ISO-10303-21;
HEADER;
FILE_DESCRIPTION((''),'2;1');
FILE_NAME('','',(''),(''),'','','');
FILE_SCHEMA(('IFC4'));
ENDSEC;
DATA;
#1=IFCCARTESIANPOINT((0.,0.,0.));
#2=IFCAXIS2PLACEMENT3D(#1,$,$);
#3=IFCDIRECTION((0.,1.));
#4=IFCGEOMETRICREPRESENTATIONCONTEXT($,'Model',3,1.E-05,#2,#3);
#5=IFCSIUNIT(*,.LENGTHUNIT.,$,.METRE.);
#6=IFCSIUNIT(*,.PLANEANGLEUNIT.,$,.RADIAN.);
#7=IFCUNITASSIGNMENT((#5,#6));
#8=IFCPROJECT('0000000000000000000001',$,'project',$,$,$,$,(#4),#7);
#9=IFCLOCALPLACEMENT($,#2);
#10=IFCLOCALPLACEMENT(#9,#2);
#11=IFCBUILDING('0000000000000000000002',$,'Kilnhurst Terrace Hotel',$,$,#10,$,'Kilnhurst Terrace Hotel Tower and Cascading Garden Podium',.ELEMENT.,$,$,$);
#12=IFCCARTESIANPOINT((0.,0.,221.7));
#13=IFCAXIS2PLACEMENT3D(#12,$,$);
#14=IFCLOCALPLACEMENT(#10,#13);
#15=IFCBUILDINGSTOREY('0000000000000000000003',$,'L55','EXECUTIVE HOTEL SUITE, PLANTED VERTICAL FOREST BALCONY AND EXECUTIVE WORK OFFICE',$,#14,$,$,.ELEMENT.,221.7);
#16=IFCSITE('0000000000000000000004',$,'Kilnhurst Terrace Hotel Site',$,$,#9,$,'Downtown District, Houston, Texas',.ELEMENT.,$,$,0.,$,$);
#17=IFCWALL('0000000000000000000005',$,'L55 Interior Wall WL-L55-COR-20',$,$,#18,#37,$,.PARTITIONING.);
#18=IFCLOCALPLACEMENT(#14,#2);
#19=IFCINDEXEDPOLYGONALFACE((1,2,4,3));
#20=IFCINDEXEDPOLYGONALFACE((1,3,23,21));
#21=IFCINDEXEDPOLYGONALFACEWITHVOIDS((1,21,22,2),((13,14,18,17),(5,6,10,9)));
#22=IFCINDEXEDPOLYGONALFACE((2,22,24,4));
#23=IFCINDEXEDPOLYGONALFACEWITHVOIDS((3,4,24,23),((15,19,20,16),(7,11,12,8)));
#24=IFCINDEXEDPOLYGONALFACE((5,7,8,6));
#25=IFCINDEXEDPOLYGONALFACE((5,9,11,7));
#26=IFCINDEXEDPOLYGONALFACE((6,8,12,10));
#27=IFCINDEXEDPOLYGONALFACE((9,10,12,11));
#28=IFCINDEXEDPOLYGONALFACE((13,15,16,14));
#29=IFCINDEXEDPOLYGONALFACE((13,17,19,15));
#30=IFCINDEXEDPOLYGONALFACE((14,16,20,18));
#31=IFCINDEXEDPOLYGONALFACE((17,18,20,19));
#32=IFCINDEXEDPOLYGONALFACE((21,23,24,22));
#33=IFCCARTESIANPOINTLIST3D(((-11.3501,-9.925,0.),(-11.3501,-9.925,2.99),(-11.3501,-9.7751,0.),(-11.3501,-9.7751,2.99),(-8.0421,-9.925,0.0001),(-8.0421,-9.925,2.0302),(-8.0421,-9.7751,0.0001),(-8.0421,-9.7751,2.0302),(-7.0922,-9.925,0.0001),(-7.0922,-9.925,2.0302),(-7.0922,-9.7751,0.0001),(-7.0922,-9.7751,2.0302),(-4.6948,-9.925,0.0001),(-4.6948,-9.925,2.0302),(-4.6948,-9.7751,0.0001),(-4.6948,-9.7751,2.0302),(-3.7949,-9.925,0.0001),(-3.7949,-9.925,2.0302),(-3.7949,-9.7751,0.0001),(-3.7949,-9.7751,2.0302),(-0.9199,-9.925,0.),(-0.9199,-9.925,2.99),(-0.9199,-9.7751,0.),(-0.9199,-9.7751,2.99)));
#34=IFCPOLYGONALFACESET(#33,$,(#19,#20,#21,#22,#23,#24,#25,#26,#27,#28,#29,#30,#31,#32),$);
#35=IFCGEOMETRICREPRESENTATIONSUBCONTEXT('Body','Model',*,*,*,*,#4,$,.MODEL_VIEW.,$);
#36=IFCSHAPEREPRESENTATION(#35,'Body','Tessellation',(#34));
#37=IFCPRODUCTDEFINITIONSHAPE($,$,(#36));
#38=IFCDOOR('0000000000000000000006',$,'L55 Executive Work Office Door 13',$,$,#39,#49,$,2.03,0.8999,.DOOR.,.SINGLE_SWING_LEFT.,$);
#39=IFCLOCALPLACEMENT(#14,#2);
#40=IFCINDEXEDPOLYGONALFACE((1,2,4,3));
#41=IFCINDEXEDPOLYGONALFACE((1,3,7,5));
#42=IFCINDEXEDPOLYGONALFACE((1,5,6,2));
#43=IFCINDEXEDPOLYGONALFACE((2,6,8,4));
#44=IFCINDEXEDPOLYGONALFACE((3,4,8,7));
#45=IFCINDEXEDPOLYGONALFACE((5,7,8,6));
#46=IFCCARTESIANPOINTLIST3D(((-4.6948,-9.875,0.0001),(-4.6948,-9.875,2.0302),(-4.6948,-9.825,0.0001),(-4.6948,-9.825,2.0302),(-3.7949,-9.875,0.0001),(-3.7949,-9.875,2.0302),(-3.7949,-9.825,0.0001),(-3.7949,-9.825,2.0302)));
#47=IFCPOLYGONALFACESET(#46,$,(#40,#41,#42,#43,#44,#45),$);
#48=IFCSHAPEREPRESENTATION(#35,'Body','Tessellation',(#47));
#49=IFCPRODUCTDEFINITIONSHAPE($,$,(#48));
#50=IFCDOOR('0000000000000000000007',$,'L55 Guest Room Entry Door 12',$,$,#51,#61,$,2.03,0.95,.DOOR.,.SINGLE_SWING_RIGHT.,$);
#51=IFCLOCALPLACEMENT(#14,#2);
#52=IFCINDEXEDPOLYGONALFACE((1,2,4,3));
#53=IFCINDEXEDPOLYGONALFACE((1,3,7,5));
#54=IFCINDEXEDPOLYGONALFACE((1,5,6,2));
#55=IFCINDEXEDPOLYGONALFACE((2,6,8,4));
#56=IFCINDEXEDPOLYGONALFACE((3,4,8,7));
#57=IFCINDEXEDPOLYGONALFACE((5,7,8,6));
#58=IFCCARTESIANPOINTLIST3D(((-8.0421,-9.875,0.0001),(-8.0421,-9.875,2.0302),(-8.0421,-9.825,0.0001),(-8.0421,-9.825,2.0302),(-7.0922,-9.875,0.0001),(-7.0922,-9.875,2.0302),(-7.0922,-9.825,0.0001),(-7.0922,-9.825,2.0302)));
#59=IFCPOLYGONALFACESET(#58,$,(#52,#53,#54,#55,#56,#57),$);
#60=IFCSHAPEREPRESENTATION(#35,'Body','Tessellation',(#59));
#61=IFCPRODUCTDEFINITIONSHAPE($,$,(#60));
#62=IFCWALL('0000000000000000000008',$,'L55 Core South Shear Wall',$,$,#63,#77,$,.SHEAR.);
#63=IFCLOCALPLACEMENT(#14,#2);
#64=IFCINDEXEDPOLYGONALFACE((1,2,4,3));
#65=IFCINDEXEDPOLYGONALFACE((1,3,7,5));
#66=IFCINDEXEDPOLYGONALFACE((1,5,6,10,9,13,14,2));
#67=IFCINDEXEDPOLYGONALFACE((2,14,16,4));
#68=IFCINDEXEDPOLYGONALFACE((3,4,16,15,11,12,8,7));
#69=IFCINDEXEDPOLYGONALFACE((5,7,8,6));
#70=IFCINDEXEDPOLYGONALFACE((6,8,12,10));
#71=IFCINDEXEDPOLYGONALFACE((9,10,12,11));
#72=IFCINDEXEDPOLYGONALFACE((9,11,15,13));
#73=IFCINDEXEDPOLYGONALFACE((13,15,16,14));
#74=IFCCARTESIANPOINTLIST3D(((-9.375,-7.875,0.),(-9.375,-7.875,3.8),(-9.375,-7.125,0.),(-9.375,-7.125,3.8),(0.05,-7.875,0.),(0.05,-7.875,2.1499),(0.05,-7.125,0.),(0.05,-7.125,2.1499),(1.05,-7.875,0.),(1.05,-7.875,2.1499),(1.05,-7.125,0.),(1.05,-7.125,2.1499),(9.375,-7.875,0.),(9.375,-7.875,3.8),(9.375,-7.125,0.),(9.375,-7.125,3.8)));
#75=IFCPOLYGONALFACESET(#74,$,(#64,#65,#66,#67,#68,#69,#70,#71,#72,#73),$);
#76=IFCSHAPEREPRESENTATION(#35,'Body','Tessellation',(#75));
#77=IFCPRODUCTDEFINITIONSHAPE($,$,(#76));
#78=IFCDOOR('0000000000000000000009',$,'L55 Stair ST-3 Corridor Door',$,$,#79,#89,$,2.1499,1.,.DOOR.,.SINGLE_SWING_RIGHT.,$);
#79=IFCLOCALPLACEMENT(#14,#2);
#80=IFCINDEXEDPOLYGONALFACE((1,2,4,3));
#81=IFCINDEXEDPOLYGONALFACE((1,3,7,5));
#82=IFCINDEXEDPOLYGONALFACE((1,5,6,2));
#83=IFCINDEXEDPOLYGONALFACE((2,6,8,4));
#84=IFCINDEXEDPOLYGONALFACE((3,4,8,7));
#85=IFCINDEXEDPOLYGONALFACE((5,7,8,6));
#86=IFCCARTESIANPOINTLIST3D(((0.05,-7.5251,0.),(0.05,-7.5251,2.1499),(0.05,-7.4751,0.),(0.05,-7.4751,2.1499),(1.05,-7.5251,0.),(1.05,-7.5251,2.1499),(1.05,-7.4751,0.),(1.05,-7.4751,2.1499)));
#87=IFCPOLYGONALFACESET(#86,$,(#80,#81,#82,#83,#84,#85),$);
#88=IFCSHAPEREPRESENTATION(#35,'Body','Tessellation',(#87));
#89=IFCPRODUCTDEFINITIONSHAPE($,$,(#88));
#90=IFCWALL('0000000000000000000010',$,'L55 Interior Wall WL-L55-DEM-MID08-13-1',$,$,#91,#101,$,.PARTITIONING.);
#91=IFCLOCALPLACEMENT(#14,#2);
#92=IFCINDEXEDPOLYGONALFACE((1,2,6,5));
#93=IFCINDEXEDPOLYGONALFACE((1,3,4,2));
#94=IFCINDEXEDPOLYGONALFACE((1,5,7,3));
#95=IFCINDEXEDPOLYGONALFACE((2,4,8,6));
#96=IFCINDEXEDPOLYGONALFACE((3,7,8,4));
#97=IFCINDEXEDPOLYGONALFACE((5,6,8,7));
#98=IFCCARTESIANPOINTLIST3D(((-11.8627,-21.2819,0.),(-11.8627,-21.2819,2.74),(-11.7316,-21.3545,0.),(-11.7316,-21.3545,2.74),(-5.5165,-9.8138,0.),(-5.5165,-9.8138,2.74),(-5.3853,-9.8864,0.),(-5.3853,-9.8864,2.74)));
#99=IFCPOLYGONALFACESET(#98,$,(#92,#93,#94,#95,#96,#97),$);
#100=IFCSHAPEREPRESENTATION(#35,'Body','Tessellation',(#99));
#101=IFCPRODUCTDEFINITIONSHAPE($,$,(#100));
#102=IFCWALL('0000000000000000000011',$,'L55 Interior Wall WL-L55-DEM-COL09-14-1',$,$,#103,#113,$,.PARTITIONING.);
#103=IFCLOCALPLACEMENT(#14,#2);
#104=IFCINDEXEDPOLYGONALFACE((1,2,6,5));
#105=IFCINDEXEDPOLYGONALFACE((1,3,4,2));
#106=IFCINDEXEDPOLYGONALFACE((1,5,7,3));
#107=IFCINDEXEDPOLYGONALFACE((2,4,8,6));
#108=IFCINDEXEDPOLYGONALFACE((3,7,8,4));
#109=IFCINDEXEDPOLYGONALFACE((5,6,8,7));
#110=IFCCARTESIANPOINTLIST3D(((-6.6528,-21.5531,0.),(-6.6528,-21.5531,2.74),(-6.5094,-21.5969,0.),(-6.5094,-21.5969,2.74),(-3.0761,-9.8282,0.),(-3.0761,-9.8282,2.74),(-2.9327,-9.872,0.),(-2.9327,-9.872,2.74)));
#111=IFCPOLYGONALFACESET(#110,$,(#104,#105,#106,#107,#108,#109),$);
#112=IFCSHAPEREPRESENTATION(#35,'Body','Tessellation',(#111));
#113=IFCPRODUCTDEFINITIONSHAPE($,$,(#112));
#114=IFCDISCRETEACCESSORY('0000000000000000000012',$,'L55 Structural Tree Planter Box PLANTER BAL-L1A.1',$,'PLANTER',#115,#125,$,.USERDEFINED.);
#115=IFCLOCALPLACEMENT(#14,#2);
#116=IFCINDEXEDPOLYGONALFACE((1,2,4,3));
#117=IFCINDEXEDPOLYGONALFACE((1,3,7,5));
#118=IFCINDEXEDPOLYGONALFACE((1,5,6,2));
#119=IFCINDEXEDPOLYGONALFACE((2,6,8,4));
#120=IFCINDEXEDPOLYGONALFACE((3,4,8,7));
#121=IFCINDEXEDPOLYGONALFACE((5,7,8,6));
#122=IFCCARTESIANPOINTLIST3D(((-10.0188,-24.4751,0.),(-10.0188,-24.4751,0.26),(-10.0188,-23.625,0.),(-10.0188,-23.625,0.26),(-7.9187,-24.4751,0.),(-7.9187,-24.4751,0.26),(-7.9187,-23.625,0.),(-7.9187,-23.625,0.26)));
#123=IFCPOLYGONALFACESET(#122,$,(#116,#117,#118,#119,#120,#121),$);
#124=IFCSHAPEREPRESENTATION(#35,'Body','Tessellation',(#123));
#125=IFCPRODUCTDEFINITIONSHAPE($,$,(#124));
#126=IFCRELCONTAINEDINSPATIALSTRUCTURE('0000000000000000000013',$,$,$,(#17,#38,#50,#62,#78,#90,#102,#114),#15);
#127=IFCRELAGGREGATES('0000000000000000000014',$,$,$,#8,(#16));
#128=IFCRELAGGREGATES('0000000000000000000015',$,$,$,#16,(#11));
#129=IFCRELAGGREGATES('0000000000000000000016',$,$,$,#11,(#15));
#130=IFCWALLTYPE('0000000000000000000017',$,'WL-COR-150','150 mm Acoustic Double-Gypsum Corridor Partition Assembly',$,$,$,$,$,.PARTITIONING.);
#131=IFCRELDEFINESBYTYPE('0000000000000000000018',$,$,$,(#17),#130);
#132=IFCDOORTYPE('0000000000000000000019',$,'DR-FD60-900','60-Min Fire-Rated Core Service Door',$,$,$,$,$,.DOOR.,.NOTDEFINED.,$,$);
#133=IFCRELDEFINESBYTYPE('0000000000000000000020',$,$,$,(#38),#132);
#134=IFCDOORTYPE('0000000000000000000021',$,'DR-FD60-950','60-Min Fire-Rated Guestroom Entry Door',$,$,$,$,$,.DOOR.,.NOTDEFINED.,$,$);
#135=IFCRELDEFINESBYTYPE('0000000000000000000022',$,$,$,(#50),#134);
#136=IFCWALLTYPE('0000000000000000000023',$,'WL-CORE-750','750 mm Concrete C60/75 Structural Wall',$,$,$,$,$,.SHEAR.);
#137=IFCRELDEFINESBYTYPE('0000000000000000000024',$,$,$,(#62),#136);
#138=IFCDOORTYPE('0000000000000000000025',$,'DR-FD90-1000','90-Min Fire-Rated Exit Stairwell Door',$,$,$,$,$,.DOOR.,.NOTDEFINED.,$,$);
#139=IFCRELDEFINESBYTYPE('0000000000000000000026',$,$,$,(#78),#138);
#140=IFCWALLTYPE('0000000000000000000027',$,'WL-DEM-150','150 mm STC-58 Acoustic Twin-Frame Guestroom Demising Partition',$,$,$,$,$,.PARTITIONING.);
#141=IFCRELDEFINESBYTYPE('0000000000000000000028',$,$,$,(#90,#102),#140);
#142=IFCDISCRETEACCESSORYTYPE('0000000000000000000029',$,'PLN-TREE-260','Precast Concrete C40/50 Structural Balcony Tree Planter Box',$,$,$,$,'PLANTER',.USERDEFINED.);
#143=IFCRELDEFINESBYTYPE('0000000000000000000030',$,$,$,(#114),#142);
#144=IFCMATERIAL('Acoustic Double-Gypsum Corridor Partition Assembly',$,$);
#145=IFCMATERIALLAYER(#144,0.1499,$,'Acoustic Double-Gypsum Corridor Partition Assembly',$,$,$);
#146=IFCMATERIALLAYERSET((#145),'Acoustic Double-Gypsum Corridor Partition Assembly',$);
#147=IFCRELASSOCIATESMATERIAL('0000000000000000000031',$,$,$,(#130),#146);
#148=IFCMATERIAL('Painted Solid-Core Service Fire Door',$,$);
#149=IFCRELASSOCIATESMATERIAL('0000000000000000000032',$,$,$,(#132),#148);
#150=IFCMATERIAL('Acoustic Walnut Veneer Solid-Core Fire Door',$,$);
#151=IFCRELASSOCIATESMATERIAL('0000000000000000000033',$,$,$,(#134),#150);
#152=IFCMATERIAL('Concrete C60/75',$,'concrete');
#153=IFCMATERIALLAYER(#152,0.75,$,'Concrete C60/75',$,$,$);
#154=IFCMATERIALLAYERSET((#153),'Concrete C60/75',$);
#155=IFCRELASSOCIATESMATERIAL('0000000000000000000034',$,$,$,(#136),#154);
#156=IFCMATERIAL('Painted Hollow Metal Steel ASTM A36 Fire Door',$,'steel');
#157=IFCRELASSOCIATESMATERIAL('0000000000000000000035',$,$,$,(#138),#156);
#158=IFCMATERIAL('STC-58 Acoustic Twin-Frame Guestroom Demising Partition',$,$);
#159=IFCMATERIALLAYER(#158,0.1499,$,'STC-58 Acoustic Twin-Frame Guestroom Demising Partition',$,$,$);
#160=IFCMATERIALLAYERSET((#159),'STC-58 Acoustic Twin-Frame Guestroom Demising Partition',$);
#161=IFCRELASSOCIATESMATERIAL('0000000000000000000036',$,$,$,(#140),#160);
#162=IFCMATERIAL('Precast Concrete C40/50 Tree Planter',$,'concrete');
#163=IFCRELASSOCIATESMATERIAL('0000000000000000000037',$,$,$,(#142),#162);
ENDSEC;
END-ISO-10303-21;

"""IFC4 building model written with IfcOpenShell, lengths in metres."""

from ifc_helpers import new_model, si_unit, direction, frame, frame_2d, origin, origin_2d, place, context, subcontext, project, spatial, rectangle, extrude, material, layer, layer_set, type_object, element, fill, save


model = new_model("IFC4")

# Units and contexts
model_context = context("Model", 3, precision=1e-05, world=origin(), true_north=direction((0.0, 1.0)))
body_context = subcontext(model_context, "Body", "Model", "MODEL_VIEW")
ifc_project = project(units=[si_unit("LENGTHUNIT", "METRE"), si_unit("PLANEANGLEUNIT", "RADIAN")], contexts=[model_context])

# Site, building, storey
site_placement = place(None, origin())
site = spatial("IfcSite", under=ifc_project, at=site_placement, Name="Kilnhurst Terrace Hotel Site", LongName="Downtown District, Houston, Texas", CompositionType="ELEMENT", RefElevation=0.0)
building_placement = place(site_placement, origin())
building = spatial("IfcBuilding", under=site, at=building_placement, Name="Kilnhurst Terrace Hotel", LongName="Kilnhurst Terrace Hotel Tower and Cascading Garden Podium", CompositionType="ELEMENT")
storey_placement = place(building_placement, frame((0.0, 0.0, 221.7)))
storey = spatial("IfcBuildingStorey", under=building, at=storey_placement, Name="L55", Description="EXECUTIVE HOTEL SUITE, PLANTED VERTICAL FOREST BALCONY AND EXECUTIVE WORK OFFICE", CompositionType="ELEMENT", Elevation=221.7)

# Shared definitions
ifc_material_1 = material(Name="Concrete C60/75", Category="concrete")

# Shared definitions
ifc_material_2 = material(Name="Acoustic Double-Gypsum Corridor Partition Assembly")
ifc_layer_1 = layer(ifc_material_2, 0.1499, Name="Acoustic Double-Gypsum Corridor Partition Assembly")
ifc_layer_set_1 = layer_set([ifc_layer_1], Name="Acoustic Double-Gypsum Corridor Partition Assembly")
wall_type_1 = type_object("IfcWallType", Name="WL-COR-150", Description="150 mm Acoustic Double-Gypsum Corridor Partition Assembly", PredefinedType="PARTITIONING", material=ifc_layer_set_1)

# Wall, openings, doors
wall_1_placement = place(storey_placement, frame((-0.9199, -9.8501, 0.0), z_axis=(0.0, 0.0, 1.0), x_axis=(-1.0, 0.0, 0.0)))
wall_1 = element("IfcWall", 1, at=wall_1_placement, inside=storey, type_object=wall_type_1, Name="L55 Interior Wall WL-L55-COR-20", PredefinedType="PARTITIONING", context=body_context, shape_type="SweptSolid", body=[
    extrude(rectangle(XDim=10.4302, YDim=0.1499, at=frame_2d((5.2151, 0.0))), origin(), (0.0, 0.0, 1.0), 2.99),
])
opening_1_placement = place(wall_1_placement, frame((6.1721, 0.0, 0.0)))
opening_1 = element("IfcOpeningElement", 2, at=opening_1_placement, cuts=wall_1, PredefinedType="OPENING", context=body_context, shape_type="SweptSolid", body=[
    extrude(rectangle(XDim=0.95, YDim=2.03, at=frame_2d((0.4751, 1.0151))), frame((0.0, 0.085, 0.0), z_axis=(0.0, -1.0, 0.0), x_axis=(1.0, 0.0, 0.0)), (0.0, 0.0, 1.0), 0.1699),
])
opening_2_placement = place(wall_1_placement, frame((2.875, 0.0, 0.0)))
opening_2 = element("IfcOpeningElement", 3, at=opening_2_placement, cuts=wall_1, PredefinedType="OPENING", context=body_context, shape_type="SweptSolid", body=[
    extrude(rectangle(XDim=0.8999, YDim=2.03, at=frame_2d((0.45, 1.0151))), frame((0.0, 0.085, 0.0), z_axis=(0.0, -1.0, 0.0), x_axis=(1.0, 0.0, 0.0)), (0.0, 0.0, 1.0), 0.1699),
])
ifc_material_3 = material(Name="Painted Solid-Core Service Fire Door")
door_type_1 = type_object("IfcDoorType", Name="DR-FD60-900", Description="60-Min Fire-Rated Core Service Door", OperationType="NOTDEFINED", PredefinedType="DOOR", material=ifc_material_3)
door_1_placement = place(opening_2_placement, origin())
door_1 = element("IfcDoor", 4, at=door_1_placement, inside=storey, type_object=door_type_1, Name="L55 Executive Work Office Door 13", OperationType="SINGLE_SWING_LEFT", OverallHeight=2.03, OverallWidth=0.8999, PredefinedType="DOOR", context=body_context, shape_type="SweptSolid", body=[
    extrude(rectangle(XDim=0.8999, YDim=2.03, at=frame_2d((0.45, 1.0151))), frame((0.0, 0.0249, 0.0), z_axis=(0.0, -1.0, 0.0), x_axis=(1.0, 0.0, 0.0)), (0.0, 0.0, 1.0), 0.05),
])
fill(opening_2, door_1)
ifc_material_4 = material(Name="Acoustic Walnut Veneer Solid-Core Fire Door")
door_type_2 = type_object("IfcDoorType", Name="DR-FD60-950", Description="60-Min Fire-Rated Guestroom Entry Door", OperationType="NOTDEFINED", PredefinedType="DOOR", material=ifc_material_4)
door_2_placement = place(opening_1_placement, origin())
door_2 = element("IfcDoor", 5, at=door_2_placement, inside=storey, type_object=door_type_2, Name="L55 Guest Room Entry Door 12", OperationType="SINGLE_SWING_RIGHT", OverallHeight=2.03, OverallWidth=0.95, PredefinedType="DOOR", context=body_context, shape_type="SweptSolid", body=[
    extrude(rectangle(XDim=0.95, YDim=2.03, at=frame_2d((0.4751, 1.0151))), frame((0.0, 0.0249, 0.0), z_axis=(0.0, -1.0, 0.0), x_axis=(1.0, 0.0, 0.0)), (0.0, 0.0, 1.0), 0.05),
])
fill(opening_1, door_2)

# Wall, opening, door
ifc_layer_2 = layer(ifc_material_1, 0.75, Name="Concrete C60/75")
ifc_layer_set_2 = layer_set([ifc_layer_2], Name="Concrete C60/75")
wall_type_2 = type_object("IfcWallType", Name="WL-CORE-750", Description="750 mm Concrete C60/75 Structural Wall", PredefinedType="SHEAR", material=ifc_layer_set_2)
wall_2_placement = place(storey_placement, frame((-9.375, -7.5, 0.0), z_axis=(0.0, 0.0, 1.0), x_axis=(1.0, 0.0, 0.0)))
wall_2 = element("IfcWall", 6, at=wall_2_placement, inside=storey, type_object=wall_type_2, Name="L55 Core South Shear Wall", PredefinedType="SHEAR", context=body_context, shape_type="SweptSolid", body=[
    extrude(rectangle(XDim=18.75, YDim=0.75, at=frame_2d((9.375, 0.0))), origin(), (0.0, 0.0, 1.0), 3.8),
])
opening_3_placement = place(wall_2_placement, frame((9.425, 0.0, 0.0)))
opening_3 = element("IfcOpeningElement", 7, at=opening_3_placement, cuts=wall_2, PredefinedType="OPENING", context=body_context, shape_type="SweptSolid", body=[
    extrude(rectangle(XDim=1.0, YDim=2.1499, at=frame_2d((0.5, 1.075))), frame((0.0, 0.385, 0.0), z_axis=(0.0, -1.0, 0.0), x_axis=(1.0, 0.0, 0.0)), (0.0, 0.0, 1.0), 0.77),
])
ifc_material_5 = material(Name="Painted Hollow Metal Steel ASTM A36 Fire Door", Category="steel")
door_type_3 = type_object("IfcDoorType", Name="DR-FD90-1000", Description="90-Min Fire-Rated Exit Stairwell Door", OperationType="NOTDEFINED", PredefinedType="DOOR", material=ifc_material_5)
door_3_placement = place(opening_3_placement, origin())
door_3 = element("IfcDoor", 8, at=door_3_placement, inside=storey, type_object=door_type_3, Name="L55 Stair ST-3 Corridor Door", OperationType="SINGLE_SWING_RIGHT", OverallHeight=2.1499, OverallWidth=1.0, PredefinedType="DOOR", context=body_context, shape_type="SweptSolid", body=[
    extrude(rectangle(XDim=1.0, YDim=2.1499, at=frame_2d((0.5, 1.075))), frame((0.0, 0.0249, 0.0), z_axis=(0.0, -1.0, 0.0), x_axis=(1.0, 0.0, 0.0)), (0.0, 0.0, 1.0), 0.05),
])
fill(opening_3, door_3)

# Walls
ifc_material_6 = material(Name="STC-58 Acoustic Twin-Frame Guestroom Demising Partition")
ifc_layer_3 = layer(ifc_material_6, 0.1499, Name="STC-58 Acoustic Twin-Frame Guestroom Demising Partition")
ifc_layer_set_3 = layer_set([ifc_layer_3], Name="STC-58 Acoustic Twin-Frame Guestroom Demising Partition")
wall_type_3 = type_object("IfcWallType", Name="WL-DEM-150", Description="150 mm STC-58 Acoustic Twin-Frame Guestroom Demising Partition", PredefinedType="PARTITIONING", material=ifc_layer_set_3)
wall_3_placement = place(storey_placement, frame((-5.4509, -9.8501, 0.0), z_axis=(0.0, 0.0, 1.0), x_axis=(-0.484189, -0.874964, 0.0)))
element("IfcWall", 9, at=wall_3_placement, inside=storey, type_object=wall_type_3, Name="L55 Interior Wall WL-L55-DEM-MID08-13-1", PredefinedType="PARTITIONING", context=body_context, shape_type="SweptSolid", body=[
    extrude(rectangle(XDim=13.1069, YDim=0.1499, at=frame_2d((6.5535, 0.0))), origin(), (0.0, 0.0, 1.0), 2.74),
])
wall_4_placement = place(storey_placement, frame((-3.0044, -9.8501, 0.0), z_axis=(0.0, 0.0, 1.0), x_axis=(-0.291776, -0.956487, 0.0)))
element("IfcWall", 10, at=wall_4_placement, inside=storey, type_object=wall_type_3, Name="L55 Interior Wall WL-L55-DEM-COL09-14-1", PredefinedType="PARTITIONING", context=body_context, shape_type="SweptSolid", body=[
    extrude(rectangle(XDim=12.2583, YDim=0.1499, at=frame_2d((6.1292, 0.0))), origin(), (0.0, 0.0, 1.0), 2.74),
])

# Discrete accessory
ifc_material_7 = material(Name="Precast Concrete C40/50 Tree Planter", Category="concrete")
discrete_accessory_type = type_object("IfcDiscreteAccessoryType", Name="PLN-TREE-260", Description="Precast Concrete C40/50 Structural Balcony Tree Planter Box", ElementType="PLANTER", PredefinedType="USERDEFINED", material=ifc_material_7)
discrete_accessory_placement = place(storey_placement, frame((-8.9688, -24.05, 0.0), z_axis=(0.0, 0.0, 1.0), x_axis=(1.0, 0.0, 0.0)))
element("IfcDiscreteAccessory", 11, at=discrete_accessory_placement, inside=storey, type_object=discrete_accessory_type, Name="L55 Structural Tree Planter Box PLANTER BAL-L1A.1", ObjectType="PLANTER", PredefinedType="USERDEFINED", context=body_context, shape_type="SweptSolid", body=[
    extrude(rectangle(XDim=2.1001, YDim=0.8501, at=origin_2d()), origin(), (0.0, 0.0, 1.0), 0.26),
])

save(model, "model.ifc")
